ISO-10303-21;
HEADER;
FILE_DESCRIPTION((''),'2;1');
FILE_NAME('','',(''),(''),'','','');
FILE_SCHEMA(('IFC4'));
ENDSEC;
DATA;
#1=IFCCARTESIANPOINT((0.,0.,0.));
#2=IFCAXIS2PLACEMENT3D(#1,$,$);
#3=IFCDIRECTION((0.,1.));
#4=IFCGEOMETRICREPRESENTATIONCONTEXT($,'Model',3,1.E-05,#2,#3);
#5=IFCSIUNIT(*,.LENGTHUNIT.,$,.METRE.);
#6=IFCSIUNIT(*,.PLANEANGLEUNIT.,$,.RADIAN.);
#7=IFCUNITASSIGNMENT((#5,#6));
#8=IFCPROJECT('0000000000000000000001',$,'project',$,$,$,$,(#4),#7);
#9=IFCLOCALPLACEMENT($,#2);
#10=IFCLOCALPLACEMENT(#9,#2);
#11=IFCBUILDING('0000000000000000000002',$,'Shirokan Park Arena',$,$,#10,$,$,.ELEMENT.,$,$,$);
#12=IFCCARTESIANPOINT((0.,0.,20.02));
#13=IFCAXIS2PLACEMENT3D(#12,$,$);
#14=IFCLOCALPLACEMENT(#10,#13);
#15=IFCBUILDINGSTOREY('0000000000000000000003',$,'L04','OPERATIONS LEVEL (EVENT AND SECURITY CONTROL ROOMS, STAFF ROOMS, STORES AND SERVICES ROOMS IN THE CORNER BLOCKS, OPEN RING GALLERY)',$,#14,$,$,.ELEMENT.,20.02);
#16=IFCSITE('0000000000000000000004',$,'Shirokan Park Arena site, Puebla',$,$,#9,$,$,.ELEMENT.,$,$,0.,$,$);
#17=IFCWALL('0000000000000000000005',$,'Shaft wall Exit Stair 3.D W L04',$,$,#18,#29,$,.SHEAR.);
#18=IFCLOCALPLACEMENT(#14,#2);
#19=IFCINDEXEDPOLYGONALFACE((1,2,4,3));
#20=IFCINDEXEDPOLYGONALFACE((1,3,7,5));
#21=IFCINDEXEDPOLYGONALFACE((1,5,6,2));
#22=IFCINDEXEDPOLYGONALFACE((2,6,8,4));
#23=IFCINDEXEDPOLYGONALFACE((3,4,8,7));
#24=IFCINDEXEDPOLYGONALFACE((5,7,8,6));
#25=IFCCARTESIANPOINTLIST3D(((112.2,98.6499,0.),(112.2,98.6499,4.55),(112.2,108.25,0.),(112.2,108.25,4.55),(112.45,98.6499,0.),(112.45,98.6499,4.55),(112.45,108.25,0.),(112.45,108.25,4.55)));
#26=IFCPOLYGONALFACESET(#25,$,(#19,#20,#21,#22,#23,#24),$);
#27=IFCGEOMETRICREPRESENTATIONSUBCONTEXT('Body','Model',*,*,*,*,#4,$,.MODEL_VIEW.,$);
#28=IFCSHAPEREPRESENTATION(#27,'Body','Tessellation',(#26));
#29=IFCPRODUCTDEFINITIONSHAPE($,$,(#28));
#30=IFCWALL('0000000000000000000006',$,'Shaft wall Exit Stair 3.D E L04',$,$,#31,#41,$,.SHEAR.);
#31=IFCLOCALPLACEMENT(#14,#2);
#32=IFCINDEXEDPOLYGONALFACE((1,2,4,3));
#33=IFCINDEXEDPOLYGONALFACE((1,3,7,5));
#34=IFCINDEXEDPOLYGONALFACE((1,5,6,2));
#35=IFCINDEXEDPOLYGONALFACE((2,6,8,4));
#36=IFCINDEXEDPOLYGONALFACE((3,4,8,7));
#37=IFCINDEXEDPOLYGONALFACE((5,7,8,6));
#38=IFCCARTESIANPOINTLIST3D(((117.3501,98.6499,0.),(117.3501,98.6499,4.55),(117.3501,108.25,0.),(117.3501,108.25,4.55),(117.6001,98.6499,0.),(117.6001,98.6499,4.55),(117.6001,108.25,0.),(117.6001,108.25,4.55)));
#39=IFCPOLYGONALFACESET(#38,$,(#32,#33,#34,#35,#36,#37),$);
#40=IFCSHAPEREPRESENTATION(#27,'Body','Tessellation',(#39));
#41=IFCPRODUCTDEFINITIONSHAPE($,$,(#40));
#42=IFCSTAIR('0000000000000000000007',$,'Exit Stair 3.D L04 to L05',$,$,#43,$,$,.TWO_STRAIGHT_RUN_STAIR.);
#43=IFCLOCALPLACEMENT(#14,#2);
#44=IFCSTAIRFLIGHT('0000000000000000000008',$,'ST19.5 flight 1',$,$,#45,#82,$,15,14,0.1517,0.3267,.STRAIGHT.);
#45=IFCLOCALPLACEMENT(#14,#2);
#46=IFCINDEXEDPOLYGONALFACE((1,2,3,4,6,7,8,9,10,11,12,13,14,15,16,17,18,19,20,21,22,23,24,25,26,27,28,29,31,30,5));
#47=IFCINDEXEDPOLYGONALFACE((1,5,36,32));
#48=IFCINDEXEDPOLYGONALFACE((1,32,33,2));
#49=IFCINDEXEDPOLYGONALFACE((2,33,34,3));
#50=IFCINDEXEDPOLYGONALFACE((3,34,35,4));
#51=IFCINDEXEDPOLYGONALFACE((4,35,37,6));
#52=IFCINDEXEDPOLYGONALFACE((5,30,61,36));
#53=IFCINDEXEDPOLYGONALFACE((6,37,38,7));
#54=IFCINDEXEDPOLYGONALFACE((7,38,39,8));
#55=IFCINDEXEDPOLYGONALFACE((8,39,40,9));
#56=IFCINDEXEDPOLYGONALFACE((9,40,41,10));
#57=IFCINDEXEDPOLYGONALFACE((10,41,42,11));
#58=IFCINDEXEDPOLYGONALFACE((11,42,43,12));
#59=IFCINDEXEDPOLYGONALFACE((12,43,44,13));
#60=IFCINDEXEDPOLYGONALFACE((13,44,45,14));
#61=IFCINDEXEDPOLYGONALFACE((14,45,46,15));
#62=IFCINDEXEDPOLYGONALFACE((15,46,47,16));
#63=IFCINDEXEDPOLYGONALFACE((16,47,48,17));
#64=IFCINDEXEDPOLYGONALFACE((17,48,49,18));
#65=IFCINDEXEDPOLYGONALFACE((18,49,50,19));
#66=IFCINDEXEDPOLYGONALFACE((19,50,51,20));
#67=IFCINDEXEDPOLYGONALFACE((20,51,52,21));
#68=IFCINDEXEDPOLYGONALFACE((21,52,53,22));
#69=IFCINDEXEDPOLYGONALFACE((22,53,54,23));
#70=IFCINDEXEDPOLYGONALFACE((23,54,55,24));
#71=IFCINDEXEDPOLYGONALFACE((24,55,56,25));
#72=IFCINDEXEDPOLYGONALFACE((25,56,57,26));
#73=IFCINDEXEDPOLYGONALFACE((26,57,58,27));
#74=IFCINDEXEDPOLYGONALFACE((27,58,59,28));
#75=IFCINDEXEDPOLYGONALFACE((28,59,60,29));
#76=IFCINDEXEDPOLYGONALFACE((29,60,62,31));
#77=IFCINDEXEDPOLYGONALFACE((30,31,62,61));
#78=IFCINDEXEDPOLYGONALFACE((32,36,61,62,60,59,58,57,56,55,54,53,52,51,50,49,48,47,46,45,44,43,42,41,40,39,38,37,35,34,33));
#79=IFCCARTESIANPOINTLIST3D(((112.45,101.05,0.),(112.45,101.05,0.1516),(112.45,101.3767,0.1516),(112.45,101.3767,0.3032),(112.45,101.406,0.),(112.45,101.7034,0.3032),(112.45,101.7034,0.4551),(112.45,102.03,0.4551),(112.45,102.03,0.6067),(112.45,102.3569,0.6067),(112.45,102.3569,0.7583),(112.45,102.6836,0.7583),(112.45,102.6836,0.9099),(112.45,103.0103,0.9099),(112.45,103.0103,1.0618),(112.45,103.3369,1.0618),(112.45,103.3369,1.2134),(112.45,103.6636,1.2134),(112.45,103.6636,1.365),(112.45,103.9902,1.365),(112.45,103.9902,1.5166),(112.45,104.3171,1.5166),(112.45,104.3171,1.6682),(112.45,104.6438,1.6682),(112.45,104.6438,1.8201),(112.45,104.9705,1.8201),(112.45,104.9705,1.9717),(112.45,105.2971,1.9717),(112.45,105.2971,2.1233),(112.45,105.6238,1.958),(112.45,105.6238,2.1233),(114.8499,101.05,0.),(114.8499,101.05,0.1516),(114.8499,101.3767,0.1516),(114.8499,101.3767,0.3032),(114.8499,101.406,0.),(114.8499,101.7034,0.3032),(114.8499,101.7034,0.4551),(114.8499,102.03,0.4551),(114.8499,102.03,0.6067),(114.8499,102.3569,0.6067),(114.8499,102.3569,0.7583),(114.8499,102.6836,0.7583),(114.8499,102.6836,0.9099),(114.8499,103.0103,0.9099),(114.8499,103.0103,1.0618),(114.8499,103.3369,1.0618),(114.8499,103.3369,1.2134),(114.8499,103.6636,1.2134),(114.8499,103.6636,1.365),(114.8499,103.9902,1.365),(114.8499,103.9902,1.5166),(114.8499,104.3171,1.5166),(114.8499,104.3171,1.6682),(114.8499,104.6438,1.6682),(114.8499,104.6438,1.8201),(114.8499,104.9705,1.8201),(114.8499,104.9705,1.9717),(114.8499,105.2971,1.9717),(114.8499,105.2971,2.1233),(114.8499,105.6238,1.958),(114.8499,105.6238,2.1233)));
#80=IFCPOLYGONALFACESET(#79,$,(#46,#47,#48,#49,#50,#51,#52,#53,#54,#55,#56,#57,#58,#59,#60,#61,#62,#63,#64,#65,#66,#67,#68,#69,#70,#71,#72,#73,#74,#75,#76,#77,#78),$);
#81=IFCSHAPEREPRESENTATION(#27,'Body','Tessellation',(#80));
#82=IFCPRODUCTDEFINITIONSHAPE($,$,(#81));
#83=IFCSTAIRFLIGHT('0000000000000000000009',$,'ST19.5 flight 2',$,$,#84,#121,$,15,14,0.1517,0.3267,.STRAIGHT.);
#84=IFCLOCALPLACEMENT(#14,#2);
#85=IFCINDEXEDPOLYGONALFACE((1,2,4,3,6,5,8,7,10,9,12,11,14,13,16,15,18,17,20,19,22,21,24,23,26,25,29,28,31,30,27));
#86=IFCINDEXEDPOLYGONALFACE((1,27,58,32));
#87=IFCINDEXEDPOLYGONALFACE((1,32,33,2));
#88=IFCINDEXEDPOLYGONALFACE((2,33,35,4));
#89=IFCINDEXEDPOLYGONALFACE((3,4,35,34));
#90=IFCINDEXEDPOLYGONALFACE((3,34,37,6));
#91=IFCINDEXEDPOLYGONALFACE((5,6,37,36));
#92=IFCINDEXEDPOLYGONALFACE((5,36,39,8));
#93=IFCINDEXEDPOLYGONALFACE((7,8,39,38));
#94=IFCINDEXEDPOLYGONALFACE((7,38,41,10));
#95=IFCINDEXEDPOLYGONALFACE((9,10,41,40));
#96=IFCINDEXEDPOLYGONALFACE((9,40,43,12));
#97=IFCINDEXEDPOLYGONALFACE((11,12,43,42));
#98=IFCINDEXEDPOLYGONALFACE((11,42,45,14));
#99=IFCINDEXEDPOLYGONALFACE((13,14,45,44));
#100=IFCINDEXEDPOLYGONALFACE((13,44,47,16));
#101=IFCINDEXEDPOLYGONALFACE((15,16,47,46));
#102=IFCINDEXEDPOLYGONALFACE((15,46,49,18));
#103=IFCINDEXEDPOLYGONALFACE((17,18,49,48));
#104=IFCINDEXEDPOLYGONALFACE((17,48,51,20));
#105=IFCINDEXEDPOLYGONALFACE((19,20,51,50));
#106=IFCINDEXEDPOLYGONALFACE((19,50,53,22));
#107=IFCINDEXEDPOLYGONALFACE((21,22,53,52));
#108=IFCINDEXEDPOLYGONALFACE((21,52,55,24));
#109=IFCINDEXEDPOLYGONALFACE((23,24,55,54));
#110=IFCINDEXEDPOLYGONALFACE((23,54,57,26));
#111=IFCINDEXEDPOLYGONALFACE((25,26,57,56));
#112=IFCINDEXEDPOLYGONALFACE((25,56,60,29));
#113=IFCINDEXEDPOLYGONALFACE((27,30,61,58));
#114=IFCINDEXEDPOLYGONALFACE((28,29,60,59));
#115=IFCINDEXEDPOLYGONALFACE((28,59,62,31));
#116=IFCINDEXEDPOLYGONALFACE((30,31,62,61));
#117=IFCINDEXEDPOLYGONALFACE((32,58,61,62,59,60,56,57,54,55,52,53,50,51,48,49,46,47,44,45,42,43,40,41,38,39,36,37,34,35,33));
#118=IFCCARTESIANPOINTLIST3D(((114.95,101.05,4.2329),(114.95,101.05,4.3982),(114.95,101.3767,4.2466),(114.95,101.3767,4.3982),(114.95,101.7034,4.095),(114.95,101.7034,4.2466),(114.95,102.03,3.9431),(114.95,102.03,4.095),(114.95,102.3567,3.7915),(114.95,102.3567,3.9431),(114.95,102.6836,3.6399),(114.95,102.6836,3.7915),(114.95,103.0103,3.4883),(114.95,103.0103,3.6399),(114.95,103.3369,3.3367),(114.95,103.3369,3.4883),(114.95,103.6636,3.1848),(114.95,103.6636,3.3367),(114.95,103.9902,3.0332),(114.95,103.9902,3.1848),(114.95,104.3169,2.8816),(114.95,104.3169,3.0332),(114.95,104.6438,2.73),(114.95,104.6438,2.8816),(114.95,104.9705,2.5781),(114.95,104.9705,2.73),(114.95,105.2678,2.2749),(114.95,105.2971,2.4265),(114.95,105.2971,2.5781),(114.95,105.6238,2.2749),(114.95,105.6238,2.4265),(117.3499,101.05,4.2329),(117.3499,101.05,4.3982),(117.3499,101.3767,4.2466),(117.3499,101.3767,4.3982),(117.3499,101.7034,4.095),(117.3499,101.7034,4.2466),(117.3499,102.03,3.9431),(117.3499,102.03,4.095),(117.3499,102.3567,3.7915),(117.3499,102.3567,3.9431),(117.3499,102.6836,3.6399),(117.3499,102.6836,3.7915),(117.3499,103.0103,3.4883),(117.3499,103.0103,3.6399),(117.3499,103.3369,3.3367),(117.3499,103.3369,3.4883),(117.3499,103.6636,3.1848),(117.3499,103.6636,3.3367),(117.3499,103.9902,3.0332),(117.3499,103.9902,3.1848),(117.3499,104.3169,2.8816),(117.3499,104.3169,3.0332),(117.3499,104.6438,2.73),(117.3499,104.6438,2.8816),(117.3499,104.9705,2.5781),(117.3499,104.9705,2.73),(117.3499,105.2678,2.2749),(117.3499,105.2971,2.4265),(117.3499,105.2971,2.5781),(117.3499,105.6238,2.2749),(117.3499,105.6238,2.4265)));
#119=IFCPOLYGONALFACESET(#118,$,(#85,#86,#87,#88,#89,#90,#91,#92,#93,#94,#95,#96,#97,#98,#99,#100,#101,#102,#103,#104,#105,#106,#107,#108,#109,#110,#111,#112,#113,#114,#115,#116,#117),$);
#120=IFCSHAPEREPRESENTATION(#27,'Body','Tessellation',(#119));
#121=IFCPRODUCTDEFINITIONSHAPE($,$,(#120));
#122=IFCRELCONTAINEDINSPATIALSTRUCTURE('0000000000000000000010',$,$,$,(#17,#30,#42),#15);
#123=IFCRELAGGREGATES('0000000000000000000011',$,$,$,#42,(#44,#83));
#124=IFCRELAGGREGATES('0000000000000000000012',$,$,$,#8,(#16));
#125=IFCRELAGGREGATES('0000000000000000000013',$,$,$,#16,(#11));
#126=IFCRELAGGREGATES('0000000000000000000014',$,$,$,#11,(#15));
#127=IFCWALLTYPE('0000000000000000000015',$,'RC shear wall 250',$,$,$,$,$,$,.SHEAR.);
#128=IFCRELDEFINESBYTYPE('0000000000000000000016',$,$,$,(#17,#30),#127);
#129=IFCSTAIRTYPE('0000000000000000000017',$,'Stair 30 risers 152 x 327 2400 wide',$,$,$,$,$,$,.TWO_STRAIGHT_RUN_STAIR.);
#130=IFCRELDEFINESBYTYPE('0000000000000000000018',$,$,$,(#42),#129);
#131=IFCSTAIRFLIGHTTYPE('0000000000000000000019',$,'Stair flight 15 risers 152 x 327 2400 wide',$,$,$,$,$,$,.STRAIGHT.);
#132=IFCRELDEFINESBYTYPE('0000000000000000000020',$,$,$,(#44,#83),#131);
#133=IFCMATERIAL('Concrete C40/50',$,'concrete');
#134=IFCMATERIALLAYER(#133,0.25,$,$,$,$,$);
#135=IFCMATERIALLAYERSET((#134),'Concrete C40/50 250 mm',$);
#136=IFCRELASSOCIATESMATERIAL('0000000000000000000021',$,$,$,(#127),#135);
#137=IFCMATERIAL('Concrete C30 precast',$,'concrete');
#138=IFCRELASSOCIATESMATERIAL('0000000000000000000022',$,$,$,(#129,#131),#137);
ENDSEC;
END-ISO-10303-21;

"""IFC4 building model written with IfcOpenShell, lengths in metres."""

from ifc_helpers import new_model, si_unit, direction, frame, frame_2d, origin, place, context, subcontext, project, spatial, polyline, rectangle, outline, extrude, material, layer, layer_set, type_object, element, aggregate, save


model = new_model("IFC4")

# Units and contexts
model_context = context("Model", 3, precision=1e-05, world=origin(), true_north=direction((0.0, 1.0)))
body_context = subcontext(model_context, "Body", "Model", "MODEL_VIEW")
ifc_project = project(units=[si_unit("LENGTHUNIT", "METRE"), si_unit("PLANEANGLEUNIT", "RADIAN")], contexts=[model_context])

# Site, building, storey
site_placement = place(None, origin())
site = spatial("IfcSite", under=ifc_project, at=site_placement, Name="Shirokan Park Arena site, Puebla", CompositionType="ELEMENT", RefElevation=0.0)
building_placement = place(site_placement, origin())
building = spatial("IfcBuilding", under=site, at=building_placement, Name="Shirokan Park Arena", CompositionType="ELEMENT")
storey_placement = place(building_placement, frame((0.0, 0.0, 20.02)))
storey = spatial("IfcBuildingStorey", under=building, at=storey_placement, Name="L04", Description="OPERATIONS LEVEL (EVENT AND SECURITY CONTROL ROOMS, STAFF ROOMS, STORES AND SERVICES ROOMS IN THE CORNER BLOCKS, OPEN RING GALLERY)", CompositionType="ELEMENT", Elevation=20.02)

# Shared definitions
ifc_material_1 = material(Name="Concrete C40/50", Category="concrete")
ifc_layer_1 = layer(ifc_material_1, 0.25)
ifc_layer_set_1 = layer_set([ifc_layer_1], Name="Concrete C40/50 250 mm")
wall_type_1 = type_object("IfcWallType", Name="RC shear wall 250", PredefinedType="SHEAR", material=ifc_layer_set_1)

# Walls
for number, where, z_axis, x_axis, name in (
    (1, (112.325, 108.25, 0.0), (0.0, 0.0, 1.0), (0.0, -1.0, 0.0), "Shaft wall Exit Stair 3.D W L04"),
    (2, (117.4751, 108.25, 0.0), (0.0, 0.0, 1.0), (0.0, -1.0, 0.0), "Shaft wall Exit Stair 3.D E L04"),
):
    element("IfcWall", number, at=place(storey_placement, frame(where, z_axis=z_axis, x_axis=x_axis)), inside=storey, type_object=wall_type_1, Name=name, PredefinedType="SHEAR", context=body_context, shape_type="SweptSolid", body=[
        extrude(rectangle(XDim=9.6001, YDim=0.25, at=frame_2d((4.8, 0.0))), origin(), (0.0, 0.0, 1.0), 4.55),
    ])

# Stair, stair flights
ifc_material_2 = material(Name="Concrete C30 precast", Category="concrete")
stair_type = type_object("IfcStairType", Name="Stair 30 risers 152 x 327 2400 wide", PredefinedType="TWO_STRAIGHT_RUN_STAIR", material=ifc_material_2)
stair_placement = place(storey_placement, origin())
stair = element("IfcStair", 3, at=stair_placement, inside=storey, type_object=stair_type, Name="Exit Stair 3.D L04 to L05", PredefinedType="TWO_STRAIGHT_RUN_STAIR")
stair_flight_type = type_object("IfcStairFlightType", Name="Stair flight 15 risers 152 x 327 2400 wide", PredefinedType="STRAIGHT", material=ifc_material_2)
stair_flight_1_placement = place(storey_placement, frame((113.6499, 101.05, 0.0), z_axis=(0.0, 0.0, 1.0), x_axis=(0.0, 1.0, 0.0)))
stair_flight_1 = element("IfcStairFlight", 4, at=stair_flight_1_placement, type_object=stair_flight_type, Name="ST19.5 flight 1", NumberOfRisers=15, NumberOfTreads=14, PredefinedType="STRAIGHT", RiserHeight=0.1517, TreadLength=0.3267, context=body_context, shape_type="SweptSolid", body=[
    extrude(outline(polyline([(0.0, 0.0), (0.0, 0.1516), (0.3267, 0.1516), (0.3267, 0.3032), (0.6533, 0.3032), (0.6533, 0.4551), (0.98, 0.4551), (0.98, 0.6067), (1.3069, 0.6067), (1.3069, 0.7583), (1.6335, 0.7583), (1.6335, 0.9099), (1.9602, 0.9099), (1.9602, 1.0618), (2.2869, 1.0618), (2.2869, 1.2134), (2.6135, 1.2134), (2.6135, 1.365), (2.9402, 1.365), (2.9402, 1.5166), (3.2671, 1.5166), (3.2671, 1.6682), (3.5938, 1.6682), (3.5938, 1.8201), (3.9204, 1.8201), (3.9204, 1.9717), (4.2471, 1.9717), (4.2471, 2.1233), (4.5737, 2.1233), (4.5737, 2.2749), (4.5737, 1.958), (0.356, 0.0), (0.0, 0.0)])), frame((0.0, 1.2, 0.0), z_axis=(0.0, -1.0, 0.0), x_axis=(1.0, 0.0, 0.0)), (0.0, 0.0, 1.0), 2.3999),
])
stair_flight_2_placement = place(storey_placement, frame((116.1499, 105.6238, 2.2749), z_axis=(0.0, 0.0, 1.0), x_axis=(0.0, -1.0, 0.0)))
stair_flight_2 = element("IfcStairFlight", 5, at=stair_flight_2_placement, type_object=stair_flight_type, Name="ST19.5 flight 2", NumberOfRisers=15, NumberOfTreads=14, PredefinedType="STRAIGHT", RiserHeight=0.1517, TreadLength=0.3267, context=body_context, shape_type="SweptSolid", body=[
    extrude(outline(polyline([(0.0, 0.0), (0.0, 0.1516), (0.3267, 0.1516), (0.3267, 0.3032), (0.6533, 0.3032), (0.6533, 0.4551), (0.98, 0.4551), (0.98, 0.6067), (1.3069, 0.6067), (1.3069, 0.7583), (1.6335, 0.7583), (1.6335, 0.9099), (1.9602, 0.9099), (1.9602, 1.0618), (2.2869, 1.0618), (2.2869, 1.2134), (2.6135, 1.2134), (2.6135, 1.365), (2.9402, 1.365), (2.9402, 1.5166), (3.2671, 1.5166), (3.2671, 1.6682), (3.5938, 1.6682), (3.5938, 1.8201), (3.9204, 1.8201), (3.9204, 1.9717), (4.2471, 1.9717), (4.2471, 2.1233), (4.5737, 2.1233), (4.5737, 2.2749), (4.5737, 1.958), (0.356, 0.0), (0.0, 0.0)])), frame((0.0, 1.2, 0.0), z_axis=(0.0, -1.0, 0.0), x_axis=(1.0, 0.0, 0.0)), (0.0, 0.0, 1.0), 2.3999),
])
aggregate(stair, [stair_flight_1, stair_flight_2])

save(model, "model.ifc")
